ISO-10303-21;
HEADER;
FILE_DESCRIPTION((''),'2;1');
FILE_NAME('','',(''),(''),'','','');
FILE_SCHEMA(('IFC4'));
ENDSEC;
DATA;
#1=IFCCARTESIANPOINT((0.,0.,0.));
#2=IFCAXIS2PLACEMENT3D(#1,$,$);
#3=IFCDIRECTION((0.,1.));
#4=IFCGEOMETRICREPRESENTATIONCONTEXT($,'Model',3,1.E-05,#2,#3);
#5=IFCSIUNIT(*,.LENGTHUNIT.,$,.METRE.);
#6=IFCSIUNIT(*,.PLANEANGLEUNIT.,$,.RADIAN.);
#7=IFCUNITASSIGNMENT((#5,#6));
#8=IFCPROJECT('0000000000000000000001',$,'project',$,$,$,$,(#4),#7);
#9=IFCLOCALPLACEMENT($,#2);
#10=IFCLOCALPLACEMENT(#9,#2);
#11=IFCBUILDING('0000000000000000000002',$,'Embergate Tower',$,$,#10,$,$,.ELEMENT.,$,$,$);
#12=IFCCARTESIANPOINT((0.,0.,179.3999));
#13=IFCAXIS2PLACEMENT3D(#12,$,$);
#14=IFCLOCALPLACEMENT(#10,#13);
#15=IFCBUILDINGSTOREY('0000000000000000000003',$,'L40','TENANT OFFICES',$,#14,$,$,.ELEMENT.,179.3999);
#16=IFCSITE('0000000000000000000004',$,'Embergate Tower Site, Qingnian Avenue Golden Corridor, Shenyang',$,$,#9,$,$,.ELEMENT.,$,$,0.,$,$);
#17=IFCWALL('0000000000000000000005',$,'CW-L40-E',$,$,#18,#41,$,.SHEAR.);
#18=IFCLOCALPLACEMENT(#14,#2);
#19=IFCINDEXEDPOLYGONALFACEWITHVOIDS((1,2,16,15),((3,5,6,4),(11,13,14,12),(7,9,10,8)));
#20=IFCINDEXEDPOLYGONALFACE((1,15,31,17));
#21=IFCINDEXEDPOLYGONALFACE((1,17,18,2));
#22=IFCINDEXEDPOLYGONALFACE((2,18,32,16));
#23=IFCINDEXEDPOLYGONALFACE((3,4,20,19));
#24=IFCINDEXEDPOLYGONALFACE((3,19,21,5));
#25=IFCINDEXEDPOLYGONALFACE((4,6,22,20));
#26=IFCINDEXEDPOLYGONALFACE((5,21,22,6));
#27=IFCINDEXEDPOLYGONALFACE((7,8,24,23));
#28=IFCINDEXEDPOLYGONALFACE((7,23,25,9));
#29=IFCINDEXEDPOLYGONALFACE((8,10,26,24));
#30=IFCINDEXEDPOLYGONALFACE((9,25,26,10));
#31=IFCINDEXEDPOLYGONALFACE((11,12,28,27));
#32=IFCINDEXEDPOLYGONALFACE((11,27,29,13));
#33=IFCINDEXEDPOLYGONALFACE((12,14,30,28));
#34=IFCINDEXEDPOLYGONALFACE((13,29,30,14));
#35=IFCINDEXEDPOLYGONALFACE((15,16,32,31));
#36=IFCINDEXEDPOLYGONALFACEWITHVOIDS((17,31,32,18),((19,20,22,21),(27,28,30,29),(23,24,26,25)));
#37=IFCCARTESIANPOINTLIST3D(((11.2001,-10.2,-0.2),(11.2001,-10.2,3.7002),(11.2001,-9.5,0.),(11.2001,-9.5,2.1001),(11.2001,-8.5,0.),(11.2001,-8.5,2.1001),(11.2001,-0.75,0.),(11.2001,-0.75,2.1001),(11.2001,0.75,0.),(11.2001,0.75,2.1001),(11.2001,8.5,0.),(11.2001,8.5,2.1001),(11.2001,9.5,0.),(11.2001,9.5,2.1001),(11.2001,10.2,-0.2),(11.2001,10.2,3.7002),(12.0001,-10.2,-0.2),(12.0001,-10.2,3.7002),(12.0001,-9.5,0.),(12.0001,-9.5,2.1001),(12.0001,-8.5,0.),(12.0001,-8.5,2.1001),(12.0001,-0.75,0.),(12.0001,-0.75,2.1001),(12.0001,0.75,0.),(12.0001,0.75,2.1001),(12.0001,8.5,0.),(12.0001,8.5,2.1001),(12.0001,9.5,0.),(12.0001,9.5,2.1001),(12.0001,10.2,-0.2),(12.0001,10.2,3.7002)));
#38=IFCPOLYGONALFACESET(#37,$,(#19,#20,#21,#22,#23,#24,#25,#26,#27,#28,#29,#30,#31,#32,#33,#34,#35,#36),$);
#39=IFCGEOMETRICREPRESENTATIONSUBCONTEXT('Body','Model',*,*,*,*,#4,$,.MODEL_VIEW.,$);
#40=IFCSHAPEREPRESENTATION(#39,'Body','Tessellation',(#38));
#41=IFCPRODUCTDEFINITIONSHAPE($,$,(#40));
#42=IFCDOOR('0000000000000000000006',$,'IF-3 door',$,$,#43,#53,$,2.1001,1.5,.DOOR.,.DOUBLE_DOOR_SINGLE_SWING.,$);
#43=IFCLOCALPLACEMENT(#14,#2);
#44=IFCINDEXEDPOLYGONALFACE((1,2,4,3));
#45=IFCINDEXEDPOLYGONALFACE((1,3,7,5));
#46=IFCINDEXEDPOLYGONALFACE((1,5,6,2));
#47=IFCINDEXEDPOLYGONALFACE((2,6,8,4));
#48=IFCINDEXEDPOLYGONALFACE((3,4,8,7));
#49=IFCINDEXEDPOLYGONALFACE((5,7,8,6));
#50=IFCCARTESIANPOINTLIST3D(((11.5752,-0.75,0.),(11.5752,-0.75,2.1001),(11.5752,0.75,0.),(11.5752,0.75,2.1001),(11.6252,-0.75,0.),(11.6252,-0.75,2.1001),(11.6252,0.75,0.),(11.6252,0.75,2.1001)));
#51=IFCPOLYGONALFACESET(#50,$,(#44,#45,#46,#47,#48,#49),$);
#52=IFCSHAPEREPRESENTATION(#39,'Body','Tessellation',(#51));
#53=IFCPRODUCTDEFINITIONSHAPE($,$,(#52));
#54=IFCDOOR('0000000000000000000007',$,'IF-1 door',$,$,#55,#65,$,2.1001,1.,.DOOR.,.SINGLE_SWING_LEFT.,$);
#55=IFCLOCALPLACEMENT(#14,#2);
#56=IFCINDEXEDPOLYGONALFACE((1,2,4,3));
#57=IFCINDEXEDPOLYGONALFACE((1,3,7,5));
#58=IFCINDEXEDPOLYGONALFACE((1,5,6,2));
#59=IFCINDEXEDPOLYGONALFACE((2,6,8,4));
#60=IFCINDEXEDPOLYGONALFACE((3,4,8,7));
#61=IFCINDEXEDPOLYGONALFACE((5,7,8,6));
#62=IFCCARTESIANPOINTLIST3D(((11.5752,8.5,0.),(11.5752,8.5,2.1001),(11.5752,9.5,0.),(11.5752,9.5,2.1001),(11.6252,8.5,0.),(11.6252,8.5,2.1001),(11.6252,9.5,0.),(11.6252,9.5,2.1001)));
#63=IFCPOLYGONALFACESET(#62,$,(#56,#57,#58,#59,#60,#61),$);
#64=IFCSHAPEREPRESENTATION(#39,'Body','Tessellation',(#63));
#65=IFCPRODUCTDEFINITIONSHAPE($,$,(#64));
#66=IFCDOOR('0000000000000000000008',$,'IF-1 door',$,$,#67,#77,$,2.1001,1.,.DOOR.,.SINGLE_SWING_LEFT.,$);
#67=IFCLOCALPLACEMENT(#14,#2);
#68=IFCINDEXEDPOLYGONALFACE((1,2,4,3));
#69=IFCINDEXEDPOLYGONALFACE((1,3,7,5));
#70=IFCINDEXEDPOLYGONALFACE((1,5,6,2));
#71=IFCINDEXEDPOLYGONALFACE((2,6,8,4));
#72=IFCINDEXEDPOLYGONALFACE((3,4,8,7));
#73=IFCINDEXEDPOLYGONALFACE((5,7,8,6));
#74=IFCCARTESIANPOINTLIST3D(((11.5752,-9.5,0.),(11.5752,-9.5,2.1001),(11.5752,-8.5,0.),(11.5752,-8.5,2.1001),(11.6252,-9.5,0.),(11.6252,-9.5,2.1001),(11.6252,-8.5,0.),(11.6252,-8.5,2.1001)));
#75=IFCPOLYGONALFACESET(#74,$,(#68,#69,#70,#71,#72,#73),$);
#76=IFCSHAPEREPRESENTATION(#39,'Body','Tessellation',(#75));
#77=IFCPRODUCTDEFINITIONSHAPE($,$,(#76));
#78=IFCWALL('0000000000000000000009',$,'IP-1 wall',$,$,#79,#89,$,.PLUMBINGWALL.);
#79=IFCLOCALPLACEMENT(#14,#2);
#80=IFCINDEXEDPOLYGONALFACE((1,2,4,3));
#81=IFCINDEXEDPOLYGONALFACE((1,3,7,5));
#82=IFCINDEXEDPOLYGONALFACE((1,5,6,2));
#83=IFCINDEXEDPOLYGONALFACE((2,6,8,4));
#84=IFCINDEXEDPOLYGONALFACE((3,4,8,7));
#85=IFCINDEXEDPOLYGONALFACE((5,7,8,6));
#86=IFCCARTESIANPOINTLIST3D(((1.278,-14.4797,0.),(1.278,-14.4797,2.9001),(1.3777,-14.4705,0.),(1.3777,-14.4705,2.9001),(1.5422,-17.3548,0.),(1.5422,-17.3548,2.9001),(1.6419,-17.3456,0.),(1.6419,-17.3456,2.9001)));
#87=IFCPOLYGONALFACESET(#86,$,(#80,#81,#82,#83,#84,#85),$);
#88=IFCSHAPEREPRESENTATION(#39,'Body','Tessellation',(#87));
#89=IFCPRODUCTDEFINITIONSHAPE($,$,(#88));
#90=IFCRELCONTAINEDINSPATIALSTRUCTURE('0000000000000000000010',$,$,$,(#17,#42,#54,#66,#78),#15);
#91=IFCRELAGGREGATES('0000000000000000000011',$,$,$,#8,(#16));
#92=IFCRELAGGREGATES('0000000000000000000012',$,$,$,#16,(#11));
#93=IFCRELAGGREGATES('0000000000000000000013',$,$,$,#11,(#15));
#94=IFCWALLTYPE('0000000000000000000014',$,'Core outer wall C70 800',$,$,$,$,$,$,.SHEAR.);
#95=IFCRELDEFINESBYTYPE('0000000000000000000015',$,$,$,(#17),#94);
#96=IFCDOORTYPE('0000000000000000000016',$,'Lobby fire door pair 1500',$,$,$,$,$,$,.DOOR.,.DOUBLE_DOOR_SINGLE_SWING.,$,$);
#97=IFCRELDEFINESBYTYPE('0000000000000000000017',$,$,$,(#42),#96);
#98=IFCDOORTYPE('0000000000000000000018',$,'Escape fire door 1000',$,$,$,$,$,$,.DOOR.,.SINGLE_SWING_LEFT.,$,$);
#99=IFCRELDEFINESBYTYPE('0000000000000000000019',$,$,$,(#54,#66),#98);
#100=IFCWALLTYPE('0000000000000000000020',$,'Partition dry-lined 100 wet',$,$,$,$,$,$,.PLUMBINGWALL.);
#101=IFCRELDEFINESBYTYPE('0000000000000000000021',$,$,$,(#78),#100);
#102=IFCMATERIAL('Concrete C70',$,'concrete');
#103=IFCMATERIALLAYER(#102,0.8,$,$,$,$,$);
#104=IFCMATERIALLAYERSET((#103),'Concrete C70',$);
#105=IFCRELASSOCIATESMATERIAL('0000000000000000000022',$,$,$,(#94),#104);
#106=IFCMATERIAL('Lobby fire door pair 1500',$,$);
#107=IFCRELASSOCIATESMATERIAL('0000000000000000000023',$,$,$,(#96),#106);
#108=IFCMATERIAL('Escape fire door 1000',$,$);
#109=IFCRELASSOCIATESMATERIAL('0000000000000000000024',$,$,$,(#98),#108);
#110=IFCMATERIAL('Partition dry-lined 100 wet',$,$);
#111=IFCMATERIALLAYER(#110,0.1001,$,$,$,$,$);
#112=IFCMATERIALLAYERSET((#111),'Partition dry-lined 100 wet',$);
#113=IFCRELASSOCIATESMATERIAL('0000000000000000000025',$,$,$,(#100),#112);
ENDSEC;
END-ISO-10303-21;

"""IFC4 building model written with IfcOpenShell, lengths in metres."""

from ifc_helpers import new_model, si_unit, direction, frame, frame_2d, origin, place, context, subcontext, project, spatial, rectangle, extrude, source, transform, mapped, material, layer, layer_set, type_object, element, fill, save


model = new_model("IFC4")

# Units and contexts
model_context = context("Model", 3, precision=1e-05, world=origin(), true_north=direction((0.0, 1.0)))
body_context = subcontext(model_context, "Body", "Model", "MODEL_VIEW")
ifc_project = project(units=[si_unit("LENGTHUNIT", "METRE"), si_unit("PLANEANGLEUNIT", "RADIAN")], contexts=[model_context])

# Site, building, storey
site_placement = place(None, origin())
site = spatial("IfcSite", under=ifc_project, at=site_placement, Name="Embergate Tower Site, Qingnian Avenue Golden Corridor, Shenyang", CompositionType="ELEMENT", RefElevation=0.0)
building_placement = place(site_placement, origin())
building = spatial("IfcBuilding", under=site, at=building_placement, Name="Embergate Tower", CompositionType="ELEMENT")
storey_placement = place(building_placement, frame((0.0, 0.0, 179.3999)))
storey = spatial("IfcBuildingStorey", under=building, at=storey_placement, Name="L40", Description="TENANT OFFICES", CompositionType="ELEMENT", Elevation=179.3999)

# Shared definitions
ifc_material_1 = material(Name="Concrete C70", Category="concrete")

# Wall, openings, doors
ifc_layer_1 = layer(ifc_material_1, 0.8)
ifc_layer_set_1 = layer_set([ifc_layer_1], Name="Concrete C70")
wall_type_1 = type_object("IfcWallType", Name="Core outer wall C70 800", PredefinedType="SHEAR", material=ifc_layer_set_1)
shared_shape_1 = source(origin(), body_context, "Body", "SweptSolid", [
    extrude(rectangle(XDim=20.3999, YDim=0.8, at=frame_2d((10.2, 0.0))), origin(), (0.0, 0.0, 1.0), 3.9001),
])
wall_1_placement = place(storey_placement, frame((11.6001, -10.2, -0.2), z_axis=(0.0, 0.0, 1.0), x_axis=(0.0, 1.0, 0.0)))
wall_1 = element("IfcWall", 1, at=wall_1_placement, inside=storey, type_object=wall_type_1, Name="CW-L40-E", PredefinedType="SHEAR", context=body_context, shape_type="MappedRepresentation", body=[
    mapped(shared_shape_1, transform((0.0, 0.0, 0.0))),
])
shared_shape_2 = source(origin(), body_context, "Body", "SweptSolid", [
    extrude(rectangle(XDim=1.0, YDim=2.1001, at=frame_2d((0.5, 1.05))), frame((0.0, 0.4099, 0.0), z_axis=(0.0, -1.0, 0.0), x_axis=(1.0, 0.0, 0.0)), (0.0, 0.0, 1.0), 0.8201),
])
opening_1_placement = place(wall_1_placement, frame((18.7, 0.0, 0.2)))
opening_1 = element("IfcOpeningElement", 2, at=opening_1_placement, cuts=wall_1, PredefinedType="OPENING", context=body_context, shape_type="MappedRepresentation", body=[
    mapped(shared_shape_2, transform((0.0, 0.0, 0.0))),
])
opening_2_placement = place(wall_1_placement, frame((0.7, 0.0, 0.2)))
opening_2 = element("IfcOpeningElement", 3, at=opening_2_placement, cuts=wall_1, PredefinedType="OPENING", context=body_context, shape_type="MappedRepresentation", body=[
    mapped(shared_shape_2, transform((0.0, 0.0, 0.0))),
])
shared_shape_3 = source(origin(), body_context, "Body", "SweptSolid", [
    extrude(rectangle(XDim=1.5, YDim=2.1001, at=frame_2d((0.75, 1.05))), frame((0.0, 0.4099, 0.0), z_axis=(0.0, -1.0, 0.0), x_axis=(1.0, 0.0, 0.0)), (0.0, 0.0, 1.0), 0.8201),
])
opening_3_placement = place(wall_1_placement, frame((9.45, 0.0, 0.2)))
opening_3 = element("IfcOpeningElement", 4, at=opening_3_placement, cuts=wall_1, PredefinedType="OPENING", context=body_context, shape_type="MappedRepresentation", body=[
    mapped(shared_shape_3, transform((0.0, 0.0, 0.0))),
])
ifc_material_2 = material(Name="Lobby fire door pair 1500")
door_type_1 = type_object("IfcDoorType", Name="Lobby fire door pair 1500", OperationType="DOUBLE_DOOR_SINGLE_SWING", PredefinedType="DOOR", material=ifc_material_2)
shared_shape_4 = source(origin(), body_context, "Body", "SweptSolid", [
    extrude(rectangle(XDim=1.5, YDim=2.1001, at=frame_2d((0.75, 1.05))), frame((0.0, 0.0249, 0.0), z_axis=(0.0, -1.0, 0.0), x_axis=(1.0, 0.0, 0.0)), (0.0, 0.0, 1.0), 0.05),
])
door_1_placement = place(opening_3_placement, origin())
door_1 = element("IfcDoor", 5, at=door_1_placement, inside=storey, type_object=door_type_1, Name="IF-3 door", OperationType="DOUBLE_DOOR_SINGLE_SWING", OverallHeight=2.1001, OverallWidth=1.5, PredefinedType="DOOR", context=body_context, shape_type="MappedRepresentation", body=[
    mapped(shared_shape_4, transform((0.0, 0.0, 0.0))),
])
fill(opening_3, door_1)
ifc_material_3 = material(Name="Escape fire door 1000")
door_type_2 = type_object("IfcDoorType", Name="Escape fire door 1000", OperationType="SINGLE_SWING_LEFT", PredefinedType="DOOR", material=ifc_material_3)
shared_shape_5 = source(origin(), body_context, "Body", "SweptSolid", [
    extrude(rectangle(XDim=1.0, YDim=2.1001, at=frame_2d((0.5, 1.05))), frame((0.0, 0.0249, 0.0), z_axis=(0.0, -1.0, 0.0), x_axis=(1.0, 0.0, 0.0)), (0.0, 0.0, 1.0), 0.05),
])
door_2_placement = place(opening_1_placement, origin())
door_2 = element("IfcDoor", 6, at=door_2_placement, inside=storey, type_object=door_type_2, Name="IF-1 door", OperationType="SINGLE_SWING_LEFT", OverallHeight=2.1001, OverallWidth=1.0, PredefinedType="DOOR", context=body_context, shape_type="MappedRepresentation", body=[
    mapped(shared_shape_5, transform((0.0, 0.0, 0.0))),
])
fill(opening_1, door_2)
door_3_placement = place(opening_2_placement, origin())
door_3 = element("IfcDoor", 7, at=door_3_placement, inside=storey, type_object=door_type_2, Name="IF-1 door", OperationType="SINGLE_SWING_LEFT", OverallHeight=2.1001, OverallWidth=1.0, PredefinedType="DOOR", context=body_context, shape_type="MappedRepresentation", body=[
    mapped(shared_shape_5, transform((0.0, 0.0, 0.0))),
])
fill(opening_2, door_3)

# Wall
ifc_material_4 = material(Name="Partition dry-lined 100 wet")
ifc_layer_2 = layer(ifc_material_4, 0.1001)
ifc_layer_set_2 = layer_set([ifc_layer_2], Name="Partition dry-lined 100 wet")
wall_type_2 = type_object("IfcWallType", Name="Partition dry-lined 100 wet", PredefinedType="PLUMBINGWALL", material=ifc_layer_set_2)
shared_shape_6 = source(origin(), body_context, "Body", "SweptSolid", [
    extrude(rectangle(XDim=2.8872, YDim=0.1001, at=frame_2d((1.4436, 0.0))), origin(), (0.0, 0.0, 1.0), 2.9001),
])
wall_2_placement = place(storey_placement, frame((1.3279, -14.4751, 0.0), z_axis=(0.0, 0.0, 1.0), x_axis=(0.091496, -0.995805, 0.0)))
element("IfcWall", 8, at=wall_2_placement, inside=storey, type_object=wall_type_2, Name="IP-1 wall", PredefinedType="PLUMBINGWALL", context=body_context, shape_type="MappedRepresentation", body=[
    mapped(shared_shape_6, transform((0.0, 0.0, 0.0))),
])

save(model, "model.ifc")
